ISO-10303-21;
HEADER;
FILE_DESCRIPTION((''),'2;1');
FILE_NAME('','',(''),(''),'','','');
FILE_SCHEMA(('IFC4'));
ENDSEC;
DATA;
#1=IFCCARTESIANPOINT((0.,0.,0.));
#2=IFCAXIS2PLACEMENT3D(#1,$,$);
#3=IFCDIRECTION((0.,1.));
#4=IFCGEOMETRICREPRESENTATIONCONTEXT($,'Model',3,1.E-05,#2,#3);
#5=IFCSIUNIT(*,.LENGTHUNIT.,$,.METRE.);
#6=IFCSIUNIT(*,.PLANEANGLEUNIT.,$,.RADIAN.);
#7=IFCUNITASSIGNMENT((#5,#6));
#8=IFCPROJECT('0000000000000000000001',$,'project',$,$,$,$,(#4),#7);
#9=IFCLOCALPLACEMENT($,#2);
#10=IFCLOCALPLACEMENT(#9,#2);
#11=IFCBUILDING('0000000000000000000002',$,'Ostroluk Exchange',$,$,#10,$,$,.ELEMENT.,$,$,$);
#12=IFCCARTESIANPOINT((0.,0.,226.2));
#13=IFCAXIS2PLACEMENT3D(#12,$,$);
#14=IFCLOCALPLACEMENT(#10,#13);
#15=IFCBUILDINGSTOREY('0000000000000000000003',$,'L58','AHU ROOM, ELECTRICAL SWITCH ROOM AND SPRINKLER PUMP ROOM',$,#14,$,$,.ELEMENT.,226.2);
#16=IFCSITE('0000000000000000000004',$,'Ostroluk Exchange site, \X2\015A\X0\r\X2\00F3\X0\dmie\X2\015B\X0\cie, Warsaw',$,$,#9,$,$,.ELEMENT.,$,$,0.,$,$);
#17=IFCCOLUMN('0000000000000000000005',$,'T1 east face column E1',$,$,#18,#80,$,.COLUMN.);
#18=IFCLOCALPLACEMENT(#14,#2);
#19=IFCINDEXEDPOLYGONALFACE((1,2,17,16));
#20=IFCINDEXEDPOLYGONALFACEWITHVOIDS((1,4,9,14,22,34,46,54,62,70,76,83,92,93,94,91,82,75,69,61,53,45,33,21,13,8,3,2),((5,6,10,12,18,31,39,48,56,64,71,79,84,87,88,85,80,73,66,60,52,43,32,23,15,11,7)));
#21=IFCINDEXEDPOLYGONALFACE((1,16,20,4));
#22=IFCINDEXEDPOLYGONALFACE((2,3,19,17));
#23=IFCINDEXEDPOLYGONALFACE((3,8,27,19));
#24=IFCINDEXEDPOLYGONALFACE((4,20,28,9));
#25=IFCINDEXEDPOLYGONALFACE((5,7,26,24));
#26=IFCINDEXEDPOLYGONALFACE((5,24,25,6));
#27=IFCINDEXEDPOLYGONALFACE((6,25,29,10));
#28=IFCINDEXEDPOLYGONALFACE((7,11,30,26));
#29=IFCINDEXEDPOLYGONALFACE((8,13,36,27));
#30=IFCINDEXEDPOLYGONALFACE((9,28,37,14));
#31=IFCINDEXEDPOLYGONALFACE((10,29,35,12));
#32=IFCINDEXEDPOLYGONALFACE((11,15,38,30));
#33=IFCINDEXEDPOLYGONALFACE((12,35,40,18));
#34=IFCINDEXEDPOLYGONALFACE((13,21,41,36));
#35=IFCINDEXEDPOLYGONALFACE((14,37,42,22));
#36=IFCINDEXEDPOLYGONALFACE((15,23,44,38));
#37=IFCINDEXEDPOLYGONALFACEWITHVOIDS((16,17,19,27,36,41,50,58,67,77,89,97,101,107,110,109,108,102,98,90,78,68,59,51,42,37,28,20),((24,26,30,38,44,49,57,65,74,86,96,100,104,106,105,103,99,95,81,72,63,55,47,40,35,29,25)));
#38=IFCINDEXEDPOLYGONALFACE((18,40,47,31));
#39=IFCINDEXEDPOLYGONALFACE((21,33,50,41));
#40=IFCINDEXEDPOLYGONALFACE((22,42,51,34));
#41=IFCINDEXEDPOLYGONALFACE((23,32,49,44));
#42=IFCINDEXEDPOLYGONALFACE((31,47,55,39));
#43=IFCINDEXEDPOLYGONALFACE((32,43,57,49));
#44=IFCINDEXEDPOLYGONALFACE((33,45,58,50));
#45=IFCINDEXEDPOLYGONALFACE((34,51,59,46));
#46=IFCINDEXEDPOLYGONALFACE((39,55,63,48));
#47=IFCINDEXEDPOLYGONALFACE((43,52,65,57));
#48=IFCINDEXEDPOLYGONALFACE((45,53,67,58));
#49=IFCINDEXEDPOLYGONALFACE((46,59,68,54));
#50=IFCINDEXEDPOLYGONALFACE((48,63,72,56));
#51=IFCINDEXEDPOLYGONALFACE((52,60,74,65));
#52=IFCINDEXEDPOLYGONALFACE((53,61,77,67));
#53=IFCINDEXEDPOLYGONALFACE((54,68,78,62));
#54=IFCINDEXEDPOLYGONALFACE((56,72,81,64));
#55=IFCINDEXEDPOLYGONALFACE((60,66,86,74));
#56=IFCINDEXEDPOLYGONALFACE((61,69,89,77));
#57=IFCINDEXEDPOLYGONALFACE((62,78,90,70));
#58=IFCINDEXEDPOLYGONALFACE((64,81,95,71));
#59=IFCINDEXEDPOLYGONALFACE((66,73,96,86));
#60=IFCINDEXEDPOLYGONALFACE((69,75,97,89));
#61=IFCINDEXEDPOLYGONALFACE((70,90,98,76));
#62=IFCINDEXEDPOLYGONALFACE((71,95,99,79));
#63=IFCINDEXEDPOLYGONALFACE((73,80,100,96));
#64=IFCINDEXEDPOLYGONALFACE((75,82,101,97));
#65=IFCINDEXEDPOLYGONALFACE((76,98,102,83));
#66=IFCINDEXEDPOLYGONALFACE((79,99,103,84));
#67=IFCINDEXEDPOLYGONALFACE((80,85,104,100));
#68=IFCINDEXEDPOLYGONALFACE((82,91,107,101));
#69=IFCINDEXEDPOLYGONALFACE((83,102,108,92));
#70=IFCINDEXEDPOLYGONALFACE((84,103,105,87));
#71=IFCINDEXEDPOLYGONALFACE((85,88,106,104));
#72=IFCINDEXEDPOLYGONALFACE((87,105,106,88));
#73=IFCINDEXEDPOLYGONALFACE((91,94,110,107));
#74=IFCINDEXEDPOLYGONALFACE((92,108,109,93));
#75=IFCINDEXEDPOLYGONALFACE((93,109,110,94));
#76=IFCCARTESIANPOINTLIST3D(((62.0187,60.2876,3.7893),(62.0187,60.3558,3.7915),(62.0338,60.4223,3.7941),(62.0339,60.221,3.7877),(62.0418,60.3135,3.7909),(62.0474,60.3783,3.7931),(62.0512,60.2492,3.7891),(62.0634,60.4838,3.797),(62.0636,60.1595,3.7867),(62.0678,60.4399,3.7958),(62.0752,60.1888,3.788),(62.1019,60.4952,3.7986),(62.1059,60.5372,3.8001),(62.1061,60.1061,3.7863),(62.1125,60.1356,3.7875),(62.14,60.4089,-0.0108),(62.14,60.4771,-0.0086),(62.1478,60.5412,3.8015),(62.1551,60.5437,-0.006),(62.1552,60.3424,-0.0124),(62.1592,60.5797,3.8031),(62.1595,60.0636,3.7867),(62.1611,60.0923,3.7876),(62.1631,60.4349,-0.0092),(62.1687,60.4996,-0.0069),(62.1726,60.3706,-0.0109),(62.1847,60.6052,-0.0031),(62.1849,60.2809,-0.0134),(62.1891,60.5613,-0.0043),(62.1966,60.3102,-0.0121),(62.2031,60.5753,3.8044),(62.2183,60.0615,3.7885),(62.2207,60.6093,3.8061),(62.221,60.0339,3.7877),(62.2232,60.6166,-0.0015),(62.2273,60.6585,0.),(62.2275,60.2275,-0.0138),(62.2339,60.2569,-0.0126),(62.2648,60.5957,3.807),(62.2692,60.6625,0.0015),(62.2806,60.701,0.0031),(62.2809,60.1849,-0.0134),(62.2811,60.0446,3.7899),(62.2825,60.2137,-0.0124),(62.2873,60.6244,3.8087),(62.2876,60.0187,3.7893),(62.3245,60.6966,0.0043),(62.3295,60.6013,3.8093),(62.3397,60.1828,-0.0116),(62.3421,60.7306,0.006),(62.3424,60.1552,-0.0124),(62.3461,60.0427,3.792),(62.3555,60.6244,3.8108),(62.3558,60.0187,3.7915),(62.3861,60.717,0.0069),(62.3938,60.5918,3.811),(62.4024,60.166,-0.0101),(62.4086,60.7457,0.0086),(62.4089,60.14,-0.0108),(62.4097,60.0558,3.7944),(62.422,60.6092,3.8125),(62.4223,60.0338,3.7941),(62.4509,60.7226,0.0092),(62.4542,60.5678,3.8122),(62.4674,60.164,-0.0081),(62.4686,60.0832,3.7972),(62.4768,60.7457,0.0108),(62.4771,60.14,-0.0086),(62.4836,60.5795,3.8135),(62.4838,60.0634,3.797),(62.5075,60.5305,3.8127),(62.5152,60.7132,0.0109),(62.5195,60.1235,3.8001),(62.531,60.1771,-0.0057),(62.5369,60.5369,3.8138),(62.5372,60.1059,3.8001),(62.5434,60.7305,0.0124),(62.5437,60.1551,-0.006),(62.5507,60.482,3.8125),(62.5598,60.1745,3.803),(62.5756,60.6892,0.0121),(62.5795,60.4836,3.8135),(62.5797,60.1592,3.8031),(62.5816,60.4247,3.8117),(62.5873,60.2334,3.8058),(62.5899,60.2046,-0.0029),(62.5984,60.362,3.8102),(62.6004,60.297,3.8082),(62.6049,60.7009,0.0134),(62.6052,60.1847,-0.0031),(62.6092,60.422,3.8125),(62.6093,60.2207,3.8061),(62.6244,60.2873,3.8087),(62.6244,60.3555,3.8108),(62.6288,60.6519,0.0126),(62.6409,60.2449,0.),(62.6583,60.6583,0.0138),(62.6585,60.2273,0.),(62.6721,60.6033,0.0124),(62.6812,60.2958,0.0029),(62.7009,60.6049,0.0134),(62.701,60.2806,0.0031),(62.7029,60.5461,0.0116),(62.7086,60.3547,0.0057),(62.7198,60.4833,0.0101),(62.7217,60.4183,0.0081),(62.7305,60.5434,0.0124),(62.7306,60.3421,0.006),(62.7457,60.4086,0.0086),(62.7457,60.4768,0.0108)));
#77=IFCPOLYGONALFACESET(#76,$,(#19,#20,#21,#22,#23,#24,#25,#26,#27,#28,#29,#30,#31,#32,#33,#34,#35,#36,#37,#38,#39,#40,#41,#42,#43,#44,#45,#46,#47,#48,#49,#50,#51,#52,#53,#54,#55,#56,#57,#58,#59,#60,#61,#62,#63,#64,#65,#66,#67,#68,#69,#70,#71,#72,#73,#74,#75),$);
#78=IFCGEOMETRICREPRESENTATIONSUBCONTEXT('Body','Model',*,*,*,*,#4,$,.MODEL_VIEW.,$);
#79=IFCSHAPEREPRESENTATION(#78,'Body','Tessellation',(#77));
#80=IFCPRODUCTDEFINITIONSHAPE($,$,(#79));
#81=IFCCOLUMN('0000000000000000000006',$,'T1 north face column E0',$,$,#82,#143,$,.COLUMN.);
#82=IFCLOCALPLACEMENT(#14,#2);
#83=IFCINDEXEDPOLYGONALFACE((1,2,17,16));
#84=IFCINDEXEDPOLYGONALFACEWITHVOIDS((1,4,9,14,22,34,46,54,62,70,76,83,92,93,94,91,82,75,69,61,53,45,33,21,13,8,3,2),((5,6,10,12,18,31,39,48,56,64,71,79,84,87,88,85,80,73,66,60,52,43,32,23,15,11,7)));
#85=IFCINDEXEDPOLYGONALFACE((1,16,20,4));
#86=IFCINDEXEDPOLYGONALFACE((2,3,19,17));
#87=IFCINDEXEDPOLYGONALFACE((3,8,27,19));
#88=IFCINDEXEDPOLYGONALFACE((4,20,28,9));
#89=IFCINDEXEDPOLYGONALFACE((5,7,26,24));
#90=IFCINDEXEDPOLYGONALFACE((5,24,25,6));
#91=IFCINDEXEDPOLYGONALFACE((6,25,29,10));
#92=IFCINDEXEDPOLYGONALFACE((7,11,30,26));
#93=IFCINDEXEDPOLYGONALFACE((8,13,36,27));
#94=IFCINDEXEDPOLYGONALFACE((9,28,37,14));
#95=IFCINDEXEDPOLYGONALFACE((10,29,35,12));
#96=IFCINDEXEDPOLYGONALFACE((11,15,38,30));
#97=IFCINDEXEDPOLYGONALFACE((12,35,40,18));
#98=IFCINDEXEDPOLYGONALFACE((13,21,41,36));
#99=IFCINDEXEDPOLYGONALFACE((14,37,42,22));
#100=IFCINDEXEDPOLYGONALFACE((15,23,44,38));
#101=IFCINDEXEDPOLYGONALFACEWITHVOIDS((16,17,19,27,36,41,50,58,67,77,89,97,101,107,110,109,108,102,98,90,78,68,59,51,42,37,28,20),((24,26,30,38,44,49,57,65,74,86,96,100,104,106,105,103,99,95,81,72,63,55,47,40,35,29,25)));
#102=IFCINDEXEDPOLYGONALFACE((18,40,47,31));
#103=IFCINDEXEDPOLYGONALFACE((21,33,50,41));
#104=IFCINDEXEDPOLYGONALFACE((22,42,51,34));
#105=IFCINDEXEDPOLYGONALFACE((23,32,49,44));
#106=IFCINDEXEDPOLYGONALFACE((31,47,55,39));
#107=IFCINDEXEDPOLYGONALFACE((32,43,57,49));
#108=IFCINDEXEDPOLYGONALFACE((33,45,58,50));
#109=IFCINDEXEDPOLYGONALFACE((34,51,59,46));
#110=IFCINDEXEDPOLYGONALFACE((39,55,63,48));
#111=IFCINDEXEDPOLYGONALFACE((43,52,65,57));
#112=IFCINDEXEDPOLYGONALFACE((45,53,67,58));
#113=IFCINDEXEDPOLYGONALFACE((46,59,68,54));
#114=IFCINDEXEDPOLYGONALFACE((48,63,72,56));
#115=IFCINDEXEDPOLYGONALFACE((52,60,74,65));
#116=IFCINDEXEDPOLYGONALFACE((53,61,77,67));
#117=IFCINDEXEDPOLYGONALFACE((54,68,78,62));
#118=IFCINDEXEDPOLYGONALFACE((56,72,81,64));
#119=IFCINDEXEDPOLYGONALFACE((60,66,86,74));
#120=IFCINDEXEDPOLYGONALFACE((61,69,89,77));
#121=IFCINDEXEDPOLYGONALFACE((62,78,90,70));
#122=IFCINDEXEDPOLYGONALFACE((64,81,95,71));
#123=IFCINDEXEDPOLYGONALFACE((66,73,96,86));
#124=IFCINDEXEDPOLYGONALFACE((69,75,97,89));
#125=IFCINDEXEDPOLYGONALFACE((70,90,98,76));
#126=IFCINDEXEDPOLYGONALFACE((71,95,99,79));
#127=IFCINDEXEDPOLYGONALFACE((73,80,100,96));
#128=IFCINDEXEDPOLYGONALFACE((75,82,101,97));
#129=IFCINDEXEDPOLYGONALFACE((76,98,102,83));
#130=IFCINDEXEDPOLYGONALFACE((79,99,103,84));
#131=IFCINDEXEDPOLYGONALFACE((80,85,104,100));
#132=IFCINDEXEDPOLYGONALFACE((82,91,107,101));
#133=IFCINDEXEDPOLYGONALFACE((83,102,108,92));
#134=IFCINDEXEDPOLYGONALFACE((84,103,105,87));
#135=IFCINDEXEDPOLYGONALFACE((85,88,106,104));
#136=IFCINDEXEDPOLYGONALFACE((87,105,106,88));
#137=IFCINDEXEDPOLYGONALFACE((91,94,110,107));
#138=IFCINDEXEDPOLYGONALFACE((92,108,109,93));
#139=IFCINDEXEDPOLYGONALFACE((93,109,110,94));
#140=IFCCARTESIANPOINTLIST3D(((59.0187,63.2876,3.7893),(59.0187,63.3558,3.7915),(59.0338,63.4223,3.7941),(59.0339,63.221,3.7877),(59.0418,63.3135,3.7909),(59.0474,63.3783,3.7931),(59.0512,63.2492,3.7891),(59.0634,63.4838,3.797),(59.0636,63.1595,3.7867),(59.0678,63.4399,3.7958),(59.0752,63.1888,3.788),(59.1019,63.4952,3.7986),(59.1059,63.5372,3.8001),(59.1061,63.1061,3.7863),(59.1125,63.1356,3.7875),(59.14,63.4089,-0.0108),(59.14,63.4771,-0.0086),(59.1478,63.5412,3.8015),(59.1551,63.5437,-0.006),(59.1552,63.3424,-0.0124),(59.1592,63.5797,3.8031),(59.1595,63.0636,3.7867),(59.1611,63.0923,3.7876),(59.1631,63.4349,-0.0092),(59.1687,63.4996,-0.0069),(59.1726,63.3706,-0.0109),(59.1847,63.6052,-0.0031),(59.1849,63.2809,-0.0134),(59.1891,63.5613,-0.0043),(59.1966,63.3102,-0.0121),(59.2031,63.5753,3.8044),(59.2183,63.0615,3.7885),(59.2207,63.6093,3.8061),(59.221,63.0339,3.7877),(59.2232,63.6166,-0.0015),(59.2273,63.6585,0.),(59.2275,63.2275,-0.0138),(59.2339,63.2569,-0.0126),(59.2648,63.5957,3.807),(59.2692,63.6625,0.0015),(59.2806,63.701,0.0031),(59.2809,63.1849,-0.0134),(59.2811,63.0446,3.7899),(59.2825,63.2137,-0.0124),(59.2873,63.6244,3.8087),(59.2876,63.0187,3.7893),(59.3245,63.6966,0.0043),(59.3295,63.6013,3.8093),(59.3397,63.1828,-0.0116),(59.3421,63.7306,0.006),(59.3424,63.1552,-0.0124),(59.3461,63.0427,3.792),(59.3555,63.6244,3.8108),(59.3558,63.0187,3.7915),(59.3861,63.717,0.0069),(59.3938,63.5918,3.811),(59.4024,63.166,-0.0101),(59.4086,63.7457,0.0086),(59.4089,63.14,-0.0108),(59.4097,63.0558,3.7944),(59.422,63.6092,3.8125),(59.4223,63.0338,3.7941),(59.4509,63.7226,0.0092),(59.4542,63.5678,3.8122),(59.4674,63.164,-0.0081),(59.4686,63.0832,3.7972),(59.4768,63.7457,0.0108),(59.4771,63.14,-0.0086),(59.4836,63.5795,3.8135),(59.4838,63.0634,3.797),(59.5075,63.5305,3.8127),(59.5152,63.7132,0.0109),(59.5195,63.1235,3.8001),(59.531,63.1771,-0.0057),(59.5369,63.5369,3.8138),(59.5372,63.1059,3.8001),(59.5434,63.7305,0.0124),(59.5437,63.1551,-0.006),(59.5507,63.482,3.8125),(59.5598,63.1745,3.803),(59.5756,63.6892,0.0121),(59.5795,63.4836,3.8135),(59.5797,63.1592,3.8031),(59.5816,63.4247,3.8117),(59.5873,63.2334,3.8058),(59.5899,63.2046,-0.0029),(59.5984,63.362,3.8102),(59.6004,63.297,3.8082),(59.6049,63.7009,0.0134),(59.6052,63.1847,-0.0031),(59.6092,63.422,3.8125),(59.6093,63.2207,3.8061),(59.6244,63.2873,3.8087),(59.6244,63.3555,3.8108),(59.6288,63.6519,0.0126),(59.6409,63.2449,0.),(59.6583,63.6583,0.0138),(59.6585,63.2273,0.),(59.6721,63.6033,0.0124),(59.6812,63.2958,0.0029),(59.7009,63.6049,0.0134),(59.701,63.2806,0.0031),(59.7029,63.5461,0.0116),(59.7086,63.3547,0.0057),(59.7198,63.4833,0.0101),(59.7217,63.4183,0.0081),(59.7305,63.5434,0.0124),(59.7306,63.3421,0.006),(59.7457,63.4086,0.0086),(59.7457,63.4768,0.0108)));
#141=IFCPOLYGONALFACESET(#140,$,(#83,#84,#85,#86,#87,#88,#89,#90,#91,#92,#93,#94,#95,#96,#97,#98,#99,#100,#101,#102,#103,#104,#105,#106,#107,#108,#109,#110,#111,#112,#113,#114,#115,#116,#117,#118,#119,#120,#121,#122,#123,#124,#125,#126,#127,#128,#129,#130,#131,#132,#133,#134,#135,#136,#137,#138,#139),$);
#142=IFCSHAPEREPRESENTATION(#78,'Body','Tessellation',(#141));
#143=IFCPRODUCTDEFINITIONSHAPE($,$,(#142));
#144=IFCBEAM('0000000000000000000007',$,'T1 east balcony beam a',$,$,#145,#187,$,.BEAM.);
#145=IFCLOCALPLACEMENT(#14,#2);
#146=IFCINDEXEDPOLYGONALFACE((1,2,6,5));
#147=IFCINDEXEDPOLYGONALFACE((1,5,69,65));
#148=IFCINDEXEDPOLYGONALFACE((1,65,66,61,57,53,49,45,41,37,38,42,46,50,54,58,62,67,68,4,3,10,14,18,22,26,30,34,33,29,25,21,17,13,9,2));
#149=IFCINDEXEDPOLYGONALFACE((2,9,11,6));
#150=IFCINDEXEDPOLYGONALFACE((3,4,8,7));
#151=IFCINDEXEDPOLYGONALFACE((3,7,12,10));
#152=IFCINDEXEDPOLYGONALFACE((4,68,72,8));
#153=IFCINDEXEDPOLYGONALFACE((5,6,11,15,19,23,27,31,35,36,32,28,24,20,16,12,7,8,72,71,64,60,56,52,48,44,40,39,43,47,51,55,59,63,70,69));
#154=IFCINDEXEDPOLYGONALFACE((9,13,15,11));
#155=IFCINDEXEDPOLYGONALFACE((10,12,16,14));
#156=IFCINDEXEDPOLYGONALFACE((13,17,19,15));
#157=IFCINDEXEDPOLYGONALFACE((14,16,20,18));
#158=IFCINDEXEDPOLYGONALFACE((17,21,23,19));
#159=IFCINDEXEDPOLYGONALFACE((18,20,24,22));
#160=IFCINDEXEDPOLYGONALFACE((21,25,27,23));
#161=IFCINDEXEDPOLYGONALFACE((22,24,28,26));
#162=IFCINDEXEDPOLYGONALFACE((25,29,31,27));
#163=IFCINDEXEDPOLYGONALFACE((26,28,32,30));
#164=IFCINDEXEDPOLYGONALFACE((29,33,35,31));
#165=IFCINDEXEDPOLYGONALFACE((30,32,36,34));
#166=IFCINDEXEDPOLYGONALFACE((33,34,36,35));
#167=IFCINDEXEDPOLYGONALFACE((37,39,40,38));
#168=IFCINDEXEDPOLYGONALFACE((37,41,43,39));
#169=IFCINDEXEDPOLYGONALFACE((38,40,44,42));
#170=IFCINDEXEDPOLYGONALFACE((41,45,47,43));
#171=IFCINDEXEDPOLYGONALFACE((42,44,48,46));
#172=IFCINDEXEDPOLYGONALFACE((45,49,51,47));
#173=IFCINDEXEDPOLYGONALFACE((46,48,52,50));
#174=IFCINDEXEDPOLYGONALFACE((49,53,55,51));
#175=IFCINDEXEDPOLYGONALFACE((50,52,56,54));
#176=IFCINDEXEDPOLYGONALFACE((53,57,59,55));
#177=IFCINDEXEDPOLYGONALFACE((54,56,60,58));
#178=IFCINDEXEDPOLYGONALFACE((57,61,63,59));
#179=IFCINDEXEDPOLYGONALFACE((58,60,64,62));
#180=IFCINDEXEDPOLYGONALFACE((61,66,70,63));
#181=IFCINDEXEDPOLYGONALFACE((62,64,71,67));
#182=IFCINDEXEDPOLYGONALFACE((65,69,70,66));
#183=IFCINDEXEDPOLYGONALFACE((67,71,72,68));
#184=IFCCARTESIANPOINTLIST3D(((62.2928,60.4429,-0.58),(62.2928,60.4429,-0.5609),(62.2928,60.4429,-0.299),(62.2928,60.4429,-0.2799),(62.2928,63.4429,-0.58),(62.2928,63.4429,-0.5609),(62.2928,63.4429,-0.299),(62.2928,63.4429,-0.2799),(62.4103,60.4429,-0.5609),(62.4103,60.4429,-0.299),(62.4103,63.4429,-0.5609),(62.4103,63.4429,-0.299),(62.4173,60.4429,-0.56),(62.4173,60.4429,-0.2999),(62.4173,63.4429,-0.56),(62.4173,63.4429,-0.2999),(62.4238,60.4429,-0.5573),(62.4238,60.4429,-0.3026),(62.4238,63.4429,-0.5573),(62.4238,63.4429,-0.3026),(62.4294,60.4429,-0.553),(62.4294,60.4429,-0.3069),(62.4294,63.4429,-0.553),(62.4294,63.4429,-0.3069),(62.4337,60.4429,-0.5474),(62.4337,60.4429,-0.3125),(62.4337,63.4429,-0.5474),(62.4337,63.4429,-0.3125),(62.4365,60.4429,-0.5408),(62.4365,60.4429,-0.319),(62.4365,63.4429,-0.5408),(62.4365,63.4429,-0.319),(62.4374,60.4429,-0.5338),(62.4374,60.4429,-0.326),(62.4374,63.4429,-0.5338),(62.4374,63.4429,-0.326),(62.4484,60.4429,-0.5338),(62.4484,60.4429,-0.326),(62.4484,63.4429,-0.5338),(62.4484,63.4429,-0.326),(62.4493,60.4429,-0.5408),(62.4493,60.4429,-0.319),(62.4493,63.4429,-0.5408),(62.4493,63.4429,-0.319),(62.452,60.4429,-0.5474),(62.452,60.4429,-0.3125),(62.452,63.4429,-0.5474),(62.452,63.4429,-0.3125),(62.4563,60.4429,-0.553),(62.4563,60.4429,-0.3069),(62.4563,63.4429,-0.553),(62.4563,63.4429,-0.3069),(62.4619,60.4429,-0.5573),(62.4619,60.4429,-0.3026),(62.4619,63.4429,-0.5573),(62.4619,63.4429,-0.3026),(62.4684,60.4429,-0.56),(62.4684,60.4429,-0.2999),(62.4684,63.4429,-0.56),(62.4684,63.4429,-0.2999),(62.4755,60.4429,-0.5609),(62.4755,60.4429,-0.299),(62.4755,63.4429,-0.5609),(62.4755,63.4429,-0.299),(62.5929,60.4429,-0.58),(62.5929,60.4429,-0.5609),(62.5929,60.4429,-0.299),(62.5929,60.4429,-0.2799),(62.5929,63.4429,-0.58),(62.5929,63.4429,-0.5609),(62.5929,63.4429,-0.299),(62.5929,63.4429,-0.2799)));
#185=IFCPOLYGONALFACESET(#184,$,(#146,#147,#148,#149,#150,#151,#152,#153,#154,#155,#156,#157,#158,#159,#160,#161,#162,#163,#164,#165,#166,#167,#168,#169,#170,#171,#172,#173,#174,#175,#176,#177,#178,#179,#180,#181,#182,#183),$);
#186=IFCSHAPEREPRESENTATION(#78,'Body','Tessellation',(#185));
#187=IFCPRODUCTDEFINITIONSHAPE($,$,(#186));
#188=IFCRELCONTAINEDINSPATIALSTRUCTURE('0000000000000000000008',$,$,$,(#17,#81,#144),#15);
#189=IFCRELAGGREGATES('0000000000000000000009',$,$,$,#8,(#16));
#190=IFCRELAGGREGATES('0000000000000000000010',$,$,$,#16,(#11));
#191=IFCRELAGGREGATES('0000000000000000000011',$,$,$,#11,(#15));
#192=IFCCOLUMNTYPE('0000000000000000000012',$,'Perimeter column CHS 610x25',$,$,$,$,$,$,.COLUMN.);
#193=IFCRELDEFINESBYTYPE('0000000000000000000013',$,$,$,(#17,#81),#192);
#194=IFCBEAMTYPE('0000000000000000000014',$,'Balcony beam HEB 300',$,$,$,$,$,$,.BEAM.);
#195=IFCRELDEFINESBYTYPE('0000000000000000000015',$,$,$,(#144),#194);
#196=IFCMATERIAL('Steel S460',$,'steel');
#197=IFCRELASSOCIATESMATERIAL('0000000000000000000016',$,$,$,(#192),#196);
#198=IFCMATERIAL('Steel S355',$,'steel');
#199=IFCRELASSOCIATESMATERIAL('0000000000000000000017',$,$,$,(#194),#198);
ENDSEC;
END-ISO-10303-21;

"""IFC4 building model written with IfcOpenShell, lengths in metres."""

from ifc_helpers import new_model, si_unit, direction, frame, origin, origin_2d, place, context, subcontext, project, spatial, hollow_circle, i_section, extrude, material, material_profile, profile_set, type_object, element, save


model = new_model("IFC4")

# Units and contexts
model_context = context("Model", 3, precision=1e-05, world=origin(), true_north=direction((0.0, 1.0)))
body_context = subcontext(model_context, "Body", "Model", "MODEL_VIEW")
ifc_project = project(units=[si_unit("LENGTHUNIT", "METRE"), si_unit("PLANEANGLEUNIT", "RADIAN")], contexts=[model_context])

# Site, building, storey
site_placement = place(None, origin())
site = spatial("IfcSite", under=ifc_project, at=site_placement, Name="Ostroluk Exchange site, Śródmieście, Warsaw", CompositionType="ELEMENT", RefElevation=0.0)
building_placement = place(site_placement, origin())
building = spatial("IfcBuilding", under=site, at=building_placement, Name="Ostroluk Exchange", CompositionType="ELEMENT")
storey_placement = place(building_placement, frame((0.0, 0.0, 226.2)))
storey = spatial("IfcBuildingStorey", under=building, at=storey_placement, Name="L58", Description="AHU ROOM, ELECTRICAL SWITCH ROOM AND SPRINKLER PUMP ROOM", CompositionType="ELEMENT", Elevation=226.2)

# Columns
ifc_material_1 = material(Name="Steel S460", Category="steel")
ifc_material_profile_1 = material_profile(ifc_material_1, hollow_circle(Radius=0.3049, WallThickness=0.0249, at=origin_2d()), Name="CHS 610x25")
ifc_profile_set_1 = profile_set([ifc_material_profile_1], Name="Steel S460")
column_type = type_object("IfcColumnType", Name="Perimeter column CHS 610x25", PredefinedType="COLUMN", material=ifc_profile_set_1)
for number, where, z_axis, x_axis, name in (
    (1, (62.4429, 60.4429, 0.0), (-0.031898, -0.031898, 0.998982), (0.707107, -0.707107, 0.0), "T1 east face column E1"),
    (2, (59.4429, 63.4429, 0.0), (-0.031898, -0.031898, 0.998982), (0.707107, -0.707107, 0.0), "T1 north face column E0"),
):
    element("IfcColumn", number, at=place(storey_placement, frame(where, z_axis=z_axis, x_axis=x_axis)), inside=storey, type_object=column_type, Name=name, PredefinedType="COLUMN", context=body_context, shape_type="SweptSolid", body=[
        extrude(hollow_circle(Radius=0.3049, WallThickness=0.0249, at=origin_2d()), origin(), (0.0, 0.0, 1.0), 3.804),
    ])

# Beam
ifc_material_2 = material(Name="Steel S355", Category="steel")
ifc_material_profile_2 = material_profile(ifc_material_2, i_section(OverallWidth=0.3, OverallDepth=0.3, WebThickness=0.011, FlangeThickness=0.019, FilletRadius=0.0271, at=origin_2d()), Name="HEB 300")
ifc_profile_set_2 = profile_set([ifc_material_profile_2], Name="Steel S355")
beam_type = type_object("IfcBeamType", Name="Balcony beam HEB 300", PredefinedType="BEAM", material=ifc_profile_set_2)
for number, where, z_axis, x_axis, name in (
    (3, (62.4429, 60.4429, -0.4299), (0.0, 1.0, 0.0), (-1.0, 0.0, 0.0), "T1 east balcony beam a"),
):
    element("IfcBeam", number, at=place(storey_placement, frame(where, z_axis=z_axis, x_axis=x_axis)), inside=storey, type_object=beam_type, Name=name, PredefinedType="BEAM", context=body_context, shape_type="SweptSolid", body=[
        extrude(i_section(OverallWidth=0.3, OverallDepth=0.3, WebThickness=0.011, FlangeThickness=0.019, FilletRadius=0.0271, at=origin_2d()), origin(), (0.0, 0.0, 1.0), 3.0),
    ])

save(model, "model.ifc")
